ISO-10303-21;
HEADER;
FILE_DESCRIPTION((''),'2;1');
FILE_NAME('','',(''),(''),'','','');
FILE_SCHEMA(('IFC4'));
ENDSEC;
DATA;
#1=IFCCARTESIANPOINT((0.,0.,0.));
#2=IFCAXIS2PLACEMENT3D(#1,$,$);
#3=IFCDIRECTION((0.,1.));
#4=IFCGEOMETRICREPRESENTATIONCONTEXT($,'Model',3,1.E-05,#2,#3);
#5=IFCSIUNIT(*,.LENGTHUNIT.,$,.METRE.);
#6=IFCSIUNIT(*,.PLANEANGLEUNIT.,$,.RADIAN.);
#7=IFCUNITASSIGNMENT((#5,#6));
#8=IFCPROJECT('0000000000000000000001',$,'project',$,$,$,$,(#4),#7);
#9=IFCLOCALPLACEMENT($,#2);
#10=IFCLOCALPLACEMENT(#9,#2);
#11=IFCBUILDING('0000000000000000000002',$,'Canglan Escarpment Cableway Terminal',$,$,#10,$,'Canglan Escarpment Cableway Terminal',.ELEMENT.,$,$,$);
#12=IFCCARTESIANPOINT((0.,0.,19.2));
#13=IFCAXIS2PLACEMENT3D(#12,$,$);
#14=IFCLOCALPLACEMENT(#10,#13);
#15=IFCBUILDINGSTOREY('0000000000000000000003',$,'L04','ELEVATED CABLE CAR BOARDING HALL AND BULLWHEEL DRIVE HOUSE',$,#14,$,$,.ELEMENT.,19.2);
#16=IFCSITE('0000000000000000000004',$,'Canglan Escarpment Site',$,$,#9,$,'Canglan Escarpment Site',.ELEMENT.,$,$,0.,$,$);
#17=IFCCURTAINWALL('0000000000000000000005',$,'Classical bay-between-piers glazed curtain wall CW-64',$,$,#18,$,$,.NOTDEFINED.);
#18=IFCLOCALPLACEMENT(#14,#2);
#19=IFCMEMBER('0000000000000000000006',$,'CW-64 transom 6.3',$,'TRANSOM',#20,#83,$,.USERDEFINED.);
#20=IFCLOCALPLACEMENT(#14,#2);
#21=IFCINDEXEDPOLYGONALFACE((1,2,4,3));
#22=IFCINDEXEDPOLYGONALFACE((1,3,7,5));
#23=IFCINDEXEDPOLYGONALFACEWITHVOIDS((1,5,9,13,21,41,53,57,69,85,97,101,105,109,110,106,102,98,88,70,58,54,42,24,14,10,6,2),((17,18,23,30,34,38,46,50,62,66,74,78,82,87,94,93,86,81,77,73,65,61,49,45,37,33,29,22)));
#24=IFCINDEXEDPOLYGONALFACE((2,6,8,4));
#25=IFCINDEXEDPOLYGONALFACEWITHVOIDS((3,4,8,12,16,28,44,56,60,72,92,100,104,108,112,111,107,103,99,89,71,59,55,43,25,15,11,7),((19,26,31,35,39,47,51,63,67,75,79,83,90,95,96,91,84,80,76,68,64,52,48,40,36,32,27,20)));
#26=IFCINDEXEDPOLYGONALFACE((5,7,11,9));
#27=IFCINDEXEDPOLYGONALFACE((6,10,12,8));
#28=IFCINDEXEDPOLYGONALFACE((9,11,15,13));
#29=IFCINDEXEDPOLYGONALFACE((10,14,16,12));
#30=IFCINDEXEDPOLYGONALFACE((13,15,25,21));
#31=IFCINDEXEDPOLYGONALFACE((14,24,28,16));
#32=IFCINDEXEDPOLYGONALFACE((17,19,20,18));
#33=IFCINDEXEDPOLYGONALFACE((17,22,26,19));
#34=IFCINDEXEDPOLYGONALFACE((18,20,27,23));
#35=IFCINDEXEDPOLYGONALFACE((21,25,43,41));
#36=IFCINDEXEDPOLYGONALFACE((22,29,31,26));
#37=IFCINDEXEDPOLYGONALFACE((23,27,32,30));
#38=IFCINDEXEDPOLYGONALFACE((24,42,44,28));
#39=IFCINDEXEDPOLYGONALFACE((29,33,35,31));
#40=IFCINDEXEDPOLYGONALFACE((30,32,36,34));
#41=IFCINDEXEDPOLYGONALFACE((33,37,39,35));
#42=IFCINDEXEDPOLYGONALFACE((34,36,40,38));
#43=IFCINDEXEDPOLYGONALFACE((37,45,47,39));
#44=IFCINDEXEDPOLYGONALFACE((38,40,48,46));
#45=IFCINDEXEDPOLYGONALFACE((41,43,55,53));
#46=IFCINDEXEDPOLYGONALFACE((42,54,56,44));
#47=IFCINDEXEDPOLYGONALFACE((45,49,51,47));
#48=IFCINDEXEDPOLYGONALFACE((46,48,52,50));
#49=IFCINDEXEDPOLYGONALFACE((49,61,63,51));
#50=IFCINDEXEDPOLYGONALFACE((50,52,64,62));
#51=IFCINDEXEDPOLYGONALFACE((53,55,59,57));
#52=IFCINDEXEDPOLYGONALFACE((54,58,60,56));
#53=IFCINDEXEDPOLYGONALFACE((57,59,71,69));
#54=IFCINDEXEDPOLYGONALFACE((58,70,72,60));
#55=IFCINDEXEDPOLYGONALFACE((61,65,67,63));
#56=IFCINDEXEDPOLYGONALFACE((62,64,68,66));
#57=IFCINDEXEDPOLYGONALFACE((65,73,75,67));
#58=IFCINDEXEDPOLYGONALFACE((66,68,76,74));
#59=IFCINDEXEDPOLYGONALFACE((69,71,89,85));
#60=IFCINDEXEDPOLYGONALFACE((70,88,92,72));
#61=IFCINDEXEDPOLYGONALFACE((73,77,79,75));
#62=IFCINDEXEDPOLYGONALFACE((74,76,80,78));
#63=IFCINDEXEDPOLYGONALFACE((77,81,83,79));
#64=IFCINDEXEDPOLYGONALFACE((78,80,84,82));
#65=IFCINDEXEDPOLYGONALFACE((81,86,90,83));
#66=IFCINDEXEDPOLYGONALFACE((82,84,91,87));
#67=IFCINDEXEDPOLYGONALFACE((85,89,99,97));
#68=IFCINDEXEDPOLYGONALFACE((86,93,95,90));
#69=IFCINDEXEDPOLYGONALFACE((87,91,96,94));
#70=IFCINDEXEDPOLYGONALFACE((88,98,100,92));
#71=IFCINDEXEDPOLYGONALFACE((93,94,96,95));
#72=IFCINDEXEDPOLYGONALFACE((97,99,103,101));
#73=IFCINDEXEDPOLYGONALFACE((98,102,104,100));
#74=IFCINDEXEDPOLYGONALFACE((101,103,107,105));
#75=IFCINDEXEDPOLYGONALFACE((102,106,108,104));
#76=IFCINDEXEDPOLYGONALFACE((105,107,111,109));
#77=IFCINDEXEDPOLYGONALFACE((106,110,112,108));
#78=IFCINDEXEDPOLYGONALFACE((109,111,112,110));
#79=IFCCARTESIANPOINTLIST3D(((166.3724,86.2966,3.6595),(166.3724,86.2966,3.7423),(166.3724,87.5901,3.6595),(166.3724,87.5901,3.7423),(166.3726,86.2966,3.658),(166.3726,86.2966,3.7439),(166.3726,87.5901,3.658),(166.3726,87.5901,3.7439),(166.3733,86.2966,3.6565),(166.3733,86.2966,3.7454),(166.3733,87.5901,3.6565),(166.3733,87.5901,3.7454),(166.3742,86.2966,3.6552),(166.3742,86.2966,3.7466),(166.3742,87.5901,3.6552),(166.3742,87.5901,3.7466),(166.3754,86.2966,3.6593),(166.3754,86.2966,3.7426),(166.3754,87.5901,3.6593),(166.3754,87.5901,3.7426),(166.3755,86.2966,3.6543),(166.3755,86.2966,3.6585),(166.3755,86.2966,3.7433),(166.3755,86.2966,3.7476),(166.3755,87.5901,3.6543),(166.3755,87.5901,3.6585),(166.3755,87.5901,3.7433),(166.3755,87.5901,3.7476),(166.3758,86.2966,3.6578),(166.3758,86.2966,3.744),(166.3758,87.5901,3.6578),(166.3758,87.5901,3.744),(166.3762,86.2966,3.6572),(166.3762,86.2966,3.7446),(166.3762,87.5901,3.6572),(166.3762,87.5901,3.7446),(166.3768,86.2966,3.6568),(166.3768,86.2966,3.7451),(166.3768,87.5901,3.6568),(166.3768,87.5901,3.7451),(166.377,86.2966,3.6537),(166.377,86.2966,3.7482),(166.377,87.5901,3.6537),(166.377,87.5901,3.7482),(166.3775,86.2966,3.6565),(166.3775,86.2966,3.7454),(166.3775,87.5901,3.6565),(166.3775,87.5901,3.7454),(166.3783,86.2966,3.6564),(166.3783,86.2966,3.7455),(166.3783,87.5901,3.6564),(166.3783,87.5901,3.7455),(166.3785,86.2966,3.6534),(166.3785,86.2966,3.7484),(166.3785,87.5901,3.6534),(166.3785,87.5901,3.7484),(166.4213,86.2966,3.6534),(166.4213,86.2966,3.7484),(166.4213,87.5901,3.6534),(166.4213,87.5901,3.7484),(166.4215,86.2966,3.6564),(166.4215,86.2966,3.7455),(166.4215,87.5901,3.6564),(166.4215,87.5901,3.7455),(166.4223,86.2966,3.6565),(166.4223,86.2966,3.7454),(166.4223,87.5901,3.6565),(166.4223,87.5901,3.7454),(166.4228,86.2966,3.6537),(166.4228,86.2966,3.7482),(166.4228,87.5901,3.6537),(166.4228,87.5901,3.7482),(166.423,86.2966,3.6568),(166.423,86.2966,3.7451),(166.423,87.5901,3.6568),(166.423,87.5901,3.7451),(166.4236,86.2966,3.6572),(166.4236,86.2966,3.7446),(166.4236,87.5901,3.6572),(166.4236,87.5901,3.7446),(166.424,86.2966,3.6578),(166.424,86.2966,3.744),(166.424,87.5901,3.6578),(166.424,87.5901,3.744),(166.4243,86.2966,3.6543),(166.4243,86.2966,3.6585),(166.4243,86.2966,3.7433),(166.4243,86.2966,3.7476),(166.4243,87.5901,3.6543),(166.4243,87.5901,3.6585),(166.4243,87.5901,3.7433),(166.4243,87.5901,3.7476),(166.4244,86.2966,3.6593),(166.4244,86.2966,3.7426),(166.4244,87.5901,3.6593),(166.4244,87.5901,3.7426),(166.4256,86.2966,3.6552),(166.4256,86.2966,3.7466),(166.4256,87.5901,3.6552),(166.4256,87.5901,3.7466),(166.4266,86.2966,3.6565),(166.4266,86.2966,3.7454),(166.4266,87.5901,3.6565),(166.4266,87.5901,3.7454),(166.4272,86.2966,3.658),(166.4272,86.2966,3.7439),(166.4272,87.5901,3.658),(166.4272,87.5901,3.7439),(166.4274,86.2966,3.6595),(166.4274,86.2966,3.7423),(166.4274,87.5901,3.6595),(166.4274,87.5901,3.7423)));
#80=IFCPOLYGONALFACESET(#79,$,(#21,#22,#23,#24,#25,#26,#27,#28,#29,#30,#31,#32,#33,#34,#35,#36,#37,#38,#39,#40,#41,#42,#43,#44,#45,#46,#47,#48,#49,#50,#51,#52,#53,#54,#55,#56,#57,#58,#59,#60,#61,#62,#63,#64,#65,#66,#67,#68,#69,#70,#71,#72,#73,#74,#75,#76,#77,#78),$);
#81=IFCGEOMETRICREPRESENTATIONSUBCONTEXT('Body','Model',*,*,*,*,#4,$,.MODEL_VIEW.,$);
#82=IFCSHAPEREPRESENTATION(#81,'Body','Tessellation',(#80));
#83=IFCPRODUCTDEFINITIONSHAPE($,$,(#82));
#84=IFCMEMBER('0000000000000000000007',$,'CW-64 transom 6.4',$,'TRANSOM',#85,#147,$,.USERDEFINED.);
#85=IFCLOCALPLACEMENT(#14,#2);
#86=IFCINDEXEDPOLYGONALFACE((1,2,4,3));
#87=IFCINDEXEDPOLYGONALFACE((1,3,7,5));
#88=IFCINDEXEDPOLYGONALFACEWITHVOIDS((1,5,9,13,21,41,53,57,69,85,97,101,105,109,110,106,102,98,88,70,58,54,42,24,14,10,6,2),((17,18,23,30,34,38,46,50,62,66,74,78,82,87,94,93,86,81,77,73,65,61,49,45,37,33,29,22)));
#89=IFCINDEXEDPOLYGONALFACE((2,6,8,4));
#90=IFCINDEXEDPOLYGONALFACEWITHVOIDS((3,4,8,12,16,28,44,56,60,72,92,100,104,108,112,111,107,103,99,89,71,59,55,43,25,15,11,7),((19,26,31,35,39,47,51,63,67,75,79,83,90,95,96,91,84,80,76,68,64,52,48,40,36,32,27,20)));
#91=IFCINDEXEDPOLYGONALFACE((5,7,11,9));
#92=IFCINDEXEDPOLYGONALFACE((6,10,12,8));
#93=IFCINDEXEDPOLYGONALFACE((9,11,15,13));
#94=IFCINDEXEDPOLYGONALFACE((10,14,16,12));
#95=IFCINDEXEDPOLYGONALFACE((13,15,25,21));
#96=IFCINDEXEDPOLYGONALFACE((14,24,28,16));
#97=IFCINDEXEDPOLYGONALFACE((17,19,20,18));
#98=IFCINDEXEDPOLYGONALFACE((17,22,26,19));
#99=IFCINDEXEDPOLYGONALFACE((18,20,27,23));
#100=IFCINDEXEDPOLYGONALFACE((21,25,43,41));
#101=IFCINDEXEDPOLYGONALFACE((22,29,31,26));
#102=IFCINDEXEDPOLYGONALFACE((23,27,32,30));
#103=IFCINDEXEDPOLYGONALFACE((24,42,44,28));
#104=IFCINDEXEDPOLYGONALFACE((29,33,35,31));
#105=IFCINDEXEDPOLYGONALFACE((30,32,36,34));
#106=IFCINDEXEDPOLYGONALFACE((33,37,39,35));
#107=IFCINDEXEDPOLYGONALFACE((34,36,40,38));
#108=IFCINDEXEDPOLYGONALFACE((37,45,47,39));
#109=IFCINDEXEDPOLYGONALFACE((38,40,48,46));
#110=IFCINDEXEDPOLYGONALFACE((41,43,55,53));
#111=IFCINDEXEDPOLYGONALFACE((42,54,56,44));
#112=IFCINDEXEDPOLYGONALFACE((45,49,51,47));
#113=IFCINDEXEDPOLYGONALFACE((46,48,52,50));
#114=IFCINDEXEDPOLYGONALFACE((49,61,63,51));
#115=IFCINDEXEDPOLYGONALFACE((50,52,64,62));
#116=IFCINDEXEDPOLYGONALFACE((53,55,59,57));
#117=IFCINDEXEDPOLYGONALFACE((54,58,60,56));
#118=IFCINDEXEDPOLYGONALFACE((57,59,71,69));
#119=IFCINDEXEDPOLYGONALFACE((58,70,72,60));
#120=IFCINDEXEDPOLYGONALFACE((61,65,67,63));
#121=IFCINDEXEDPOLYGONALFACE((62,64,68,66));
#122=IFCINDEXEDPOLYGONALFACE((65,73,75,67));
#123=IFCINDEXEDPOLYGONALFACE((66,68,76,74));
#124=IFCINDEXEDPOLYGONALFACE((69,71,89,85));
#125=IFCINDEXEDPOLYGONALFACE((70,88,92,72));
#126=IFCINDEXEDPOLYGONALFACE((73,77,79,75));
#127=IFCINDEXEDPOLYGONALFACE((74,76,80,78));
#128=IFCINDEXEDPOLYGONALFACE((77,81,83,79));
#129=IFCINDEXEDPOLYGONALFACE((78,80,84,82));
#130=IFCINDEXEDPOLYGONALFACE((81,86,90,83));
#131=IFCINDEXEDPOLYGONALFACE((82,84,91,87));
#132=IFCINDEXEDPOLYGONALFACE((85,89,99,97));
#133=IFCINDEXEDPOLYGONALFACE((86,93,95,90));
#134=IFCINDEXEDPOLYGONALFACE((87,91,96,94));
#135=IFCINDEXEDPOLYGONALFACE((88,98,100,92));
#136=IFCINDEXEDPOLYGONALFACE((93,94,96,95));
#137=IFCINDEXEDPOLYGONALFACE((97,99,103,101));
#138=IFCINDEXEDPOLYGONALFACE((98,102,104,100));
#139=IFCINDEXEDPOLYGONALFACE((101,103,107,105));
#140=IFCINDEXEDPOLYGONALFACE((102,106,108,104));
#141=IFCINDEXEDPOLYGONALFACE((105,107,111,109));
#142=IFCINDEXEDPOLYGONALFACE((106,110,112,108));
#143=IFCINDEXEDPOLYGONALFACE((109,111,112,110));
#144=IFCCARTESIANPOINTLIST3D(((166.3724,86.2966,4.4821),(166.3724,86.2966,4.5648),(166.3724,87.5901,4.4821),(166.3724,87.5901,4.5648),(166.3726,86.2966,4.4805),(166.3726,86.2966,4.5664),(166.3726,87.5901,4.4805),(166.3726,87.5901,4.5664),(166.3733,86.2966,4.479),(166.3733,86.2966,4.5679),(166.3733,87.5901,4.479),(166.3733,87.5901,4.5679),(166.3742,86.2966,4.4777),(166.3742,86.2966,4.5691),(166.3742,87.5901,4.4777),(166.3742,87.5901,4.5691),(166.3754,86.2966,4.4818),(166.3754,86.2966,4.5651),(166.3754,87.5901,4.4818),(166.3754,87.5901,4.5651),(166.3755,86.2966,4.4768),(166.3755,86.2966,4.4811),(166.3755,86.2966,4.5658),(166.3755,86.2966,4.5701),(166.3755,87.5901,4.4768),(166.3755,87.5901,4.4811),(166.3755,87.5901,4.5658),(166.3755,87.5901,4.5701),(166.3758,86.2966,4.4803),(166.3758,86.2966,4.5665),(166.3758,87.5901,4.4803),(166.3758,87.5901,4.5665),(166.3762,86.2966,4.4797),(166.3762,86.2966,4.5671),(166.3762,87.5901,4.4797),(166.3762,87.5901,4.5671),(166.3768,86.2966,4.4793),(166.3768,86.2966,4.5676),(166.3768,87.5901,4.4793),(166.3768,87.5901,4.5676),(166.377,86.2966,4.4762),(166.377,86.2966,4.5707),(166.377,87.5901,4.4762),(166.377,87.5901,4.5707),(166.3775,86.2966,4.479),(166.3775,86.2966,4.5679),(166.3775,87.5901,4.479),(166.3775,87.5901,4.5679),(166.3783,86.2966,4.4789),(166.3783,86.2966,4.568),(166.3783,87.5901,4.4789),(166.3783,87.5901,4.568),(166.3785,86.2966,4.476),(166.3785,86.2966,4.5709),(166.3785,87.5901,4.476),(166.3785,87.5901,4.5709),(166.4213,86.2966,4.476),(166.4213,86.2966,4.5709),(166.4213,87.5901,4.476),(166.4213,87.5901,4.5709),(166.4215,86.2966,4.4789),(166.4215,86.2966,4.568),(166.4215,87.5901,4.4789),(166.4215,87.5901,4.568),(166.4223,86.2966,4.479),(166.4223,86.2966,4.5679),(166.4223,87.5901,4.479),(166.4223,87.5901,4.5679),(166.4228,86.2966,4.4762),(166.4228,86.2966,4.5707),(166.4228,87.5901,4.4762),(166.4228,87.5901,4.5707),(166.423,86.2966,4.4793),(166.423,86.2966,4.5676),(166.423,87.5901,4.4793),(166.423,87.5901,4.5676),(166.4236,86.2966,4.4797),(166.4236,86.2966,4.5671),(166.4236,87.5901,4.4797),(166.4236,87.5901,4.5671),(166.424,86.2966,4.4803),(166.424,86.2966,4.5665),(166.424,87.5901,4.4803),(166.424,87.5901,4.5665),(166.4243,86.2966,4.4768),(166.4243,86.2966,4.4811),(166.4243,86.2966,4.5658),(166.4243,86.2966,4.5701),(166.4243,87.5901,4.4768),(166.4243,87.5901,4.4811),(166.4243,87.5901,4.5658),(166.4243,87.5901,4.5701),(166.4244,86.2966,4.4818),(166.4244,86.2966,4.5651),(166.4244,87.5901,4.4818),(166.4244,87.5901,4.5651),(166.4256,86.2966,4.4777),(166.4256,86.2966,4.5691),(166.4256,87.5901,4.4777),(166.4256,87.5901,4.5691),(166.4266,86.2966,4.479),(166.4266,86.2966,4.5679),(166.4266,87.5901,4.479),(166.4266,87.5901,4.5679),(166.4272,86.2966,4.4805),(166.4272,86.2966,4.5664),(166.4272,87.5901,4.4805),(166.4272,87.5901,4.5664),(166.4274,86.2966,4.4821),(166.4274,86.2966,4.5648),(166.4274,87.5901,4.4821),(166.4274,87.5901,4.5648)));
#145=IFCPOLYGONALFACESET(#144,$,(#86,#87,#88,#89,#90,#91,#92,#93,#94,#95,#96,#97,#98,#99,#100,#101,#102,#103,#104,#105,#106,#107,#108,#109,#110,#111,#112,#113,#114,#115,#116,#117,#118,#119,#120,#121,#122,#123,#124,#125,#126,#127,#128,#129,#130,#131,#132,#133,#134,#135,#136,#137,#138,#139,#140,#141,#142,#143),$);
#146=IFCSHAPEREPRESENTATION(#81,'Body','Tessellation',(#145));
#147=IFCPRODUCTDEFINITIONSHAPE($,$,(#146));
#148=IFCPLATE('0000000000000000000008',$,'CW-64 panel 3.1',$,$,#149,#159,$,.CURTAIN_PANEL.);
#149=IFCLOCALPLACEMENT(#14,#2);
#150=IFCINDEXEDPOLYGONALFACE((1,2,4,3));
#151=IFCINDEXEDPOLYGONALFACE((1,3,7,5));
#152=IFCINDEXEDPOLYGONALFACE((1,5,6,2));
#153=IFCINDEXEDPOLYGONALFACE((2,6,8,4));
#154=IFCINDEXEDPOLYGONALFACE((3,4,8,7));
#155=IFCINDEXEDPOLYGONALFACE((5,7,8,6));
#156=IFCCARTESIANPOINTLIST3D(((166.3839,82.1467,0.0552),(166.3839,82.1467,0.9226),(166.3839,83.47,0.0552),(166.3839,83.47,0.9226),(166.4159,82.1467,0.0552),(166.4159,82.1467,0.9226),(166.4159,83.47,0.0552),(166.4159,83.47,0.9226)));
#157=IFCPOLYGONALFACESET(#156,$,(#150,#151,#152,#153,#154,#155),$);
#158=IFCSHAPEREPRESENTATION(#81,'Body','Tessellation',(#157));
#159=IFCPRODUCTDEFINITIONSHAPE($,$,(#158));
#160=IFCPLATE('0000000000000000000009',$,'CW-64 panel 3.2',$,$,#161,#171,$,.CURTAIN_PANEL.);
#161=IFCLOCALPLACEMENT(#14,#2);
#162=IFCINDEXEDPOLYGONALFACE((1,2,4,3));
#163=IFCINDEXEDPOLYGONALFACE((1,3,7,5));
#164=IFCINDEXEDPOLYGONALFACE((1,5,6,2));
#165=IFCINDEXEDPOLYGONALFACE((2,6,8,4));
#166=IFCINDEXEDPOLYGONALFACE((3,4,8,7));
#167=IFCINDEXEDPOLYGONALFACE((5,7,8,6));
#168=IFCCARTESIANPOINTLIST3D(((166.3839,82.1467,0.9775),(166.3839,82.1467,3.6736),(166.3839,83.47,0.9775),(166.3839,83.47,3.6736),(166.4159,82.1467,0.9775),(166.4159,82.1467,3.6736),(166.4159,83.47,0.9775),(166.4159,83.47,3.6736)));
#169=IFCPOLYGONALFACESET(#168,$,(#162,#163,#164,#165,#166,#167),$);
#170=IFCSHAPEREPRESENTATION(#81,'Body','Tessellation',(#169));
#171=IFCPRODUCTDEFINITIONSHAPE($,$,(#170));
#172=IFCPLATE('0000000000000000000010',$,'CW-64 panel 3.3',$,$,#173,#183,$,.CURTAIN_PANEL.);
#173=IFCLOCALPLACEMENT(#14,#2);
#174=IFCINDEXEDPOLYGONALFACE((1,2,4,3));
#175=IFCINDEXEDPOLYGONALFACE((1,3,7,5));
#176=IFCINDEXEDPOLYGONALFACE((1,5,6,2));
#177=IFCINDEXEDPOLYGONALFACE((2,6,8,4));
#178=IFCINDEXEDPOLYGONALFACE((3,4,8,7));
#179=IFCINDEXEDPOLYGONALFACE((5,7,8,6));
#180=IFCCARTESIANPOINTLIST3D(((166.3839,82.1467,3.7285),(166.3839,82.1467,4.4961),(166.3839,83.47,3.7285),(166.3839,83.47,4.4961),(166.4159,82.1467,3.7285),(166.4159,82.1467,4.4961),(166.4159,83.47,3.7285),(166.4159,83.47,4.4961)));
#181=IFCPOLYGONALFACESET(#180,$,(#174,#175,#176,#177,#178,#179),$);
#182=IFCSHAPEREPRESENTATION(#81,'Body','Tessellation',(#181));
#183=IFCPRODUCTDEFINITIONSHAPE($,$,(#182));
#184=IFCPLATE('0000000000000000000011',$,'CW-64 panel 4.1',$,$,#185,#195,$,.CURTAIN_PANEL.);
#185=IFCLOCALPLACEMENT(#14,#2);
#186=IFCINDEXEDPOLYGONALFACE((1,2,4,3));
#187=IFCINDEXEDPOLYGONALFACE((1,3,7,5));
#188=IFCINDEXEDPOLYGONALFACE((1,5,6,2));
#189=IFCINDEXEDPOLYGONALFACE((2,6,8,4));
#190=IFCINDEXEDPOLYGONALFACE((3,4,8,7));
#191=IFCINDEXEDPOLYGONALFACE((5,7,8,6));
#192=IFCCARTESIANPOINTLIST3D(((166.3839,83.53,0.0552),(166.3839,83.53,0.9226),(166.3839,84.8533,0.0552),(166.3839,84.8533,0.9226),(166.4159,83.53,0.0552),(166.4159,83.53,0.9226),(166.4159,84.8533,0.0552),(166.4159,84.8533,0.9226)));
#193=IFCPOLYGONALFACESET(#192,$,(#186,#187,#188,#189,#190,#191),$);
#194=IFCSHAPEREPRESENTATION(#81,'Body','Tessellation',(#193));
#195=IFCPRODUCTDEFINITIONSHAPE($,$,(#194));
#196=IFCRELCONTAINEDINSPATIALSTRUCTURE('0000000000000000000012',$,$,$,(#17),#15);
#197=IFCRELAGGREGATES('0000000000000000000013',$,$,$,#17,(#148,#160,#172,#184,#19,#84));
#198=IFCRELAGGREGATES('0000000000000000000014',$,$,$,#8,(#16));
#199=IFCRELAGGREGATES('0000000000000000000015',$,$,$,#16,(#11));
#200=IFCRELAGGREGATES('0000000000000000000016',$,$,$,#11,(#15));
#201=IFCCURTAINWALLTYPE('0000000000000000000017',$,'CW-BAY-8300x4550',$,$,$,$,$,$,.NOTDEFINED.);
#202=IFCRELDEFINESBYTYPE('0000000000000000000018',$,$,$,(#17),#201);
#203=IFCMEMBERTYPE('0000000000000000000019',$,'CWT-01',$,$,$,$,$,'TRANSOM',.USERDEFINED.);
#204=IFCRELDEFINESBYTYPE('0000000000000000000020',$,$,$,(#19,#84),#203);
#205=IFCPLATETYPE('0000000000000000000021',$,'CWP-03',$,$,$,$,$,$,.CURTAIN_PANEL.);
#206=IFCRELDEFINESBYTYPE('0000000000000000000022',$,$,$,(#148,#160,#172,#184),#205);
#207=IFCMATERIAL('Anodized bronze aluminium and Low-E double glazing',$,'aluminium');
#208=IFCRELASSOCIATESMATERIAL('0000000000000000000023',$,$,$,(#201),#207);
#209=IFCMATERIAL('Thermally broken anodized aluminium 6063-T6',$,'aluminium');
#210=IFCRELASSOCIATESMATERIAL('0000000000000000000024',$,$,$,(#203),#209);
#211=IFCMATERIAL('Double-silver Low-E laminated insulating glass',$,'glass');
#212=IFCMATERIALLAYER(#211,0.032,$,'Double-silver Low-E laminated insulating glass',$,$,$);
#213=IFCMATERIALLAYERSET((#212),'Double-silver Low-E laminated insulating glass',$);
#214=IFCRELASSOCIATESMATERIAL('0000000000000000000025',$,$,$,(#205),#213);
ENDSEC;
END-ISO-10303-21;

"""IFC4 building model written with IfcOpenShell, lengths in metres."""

from ifc_helpers import new_model, si_unit, direction, frame, origin, origin_2d, place, context, subcontext, project, spatial, rectangle, hollow_rectangle, extrude, material, layer, layer_set, material_profile, profile_set, type_object, element, aggregate, save


model = new_model("IFC4")

# Units and contexts
model_context = context("Model", 3, precision=1e-05, world=origin(), true_north=direction((0.0, 1.0)))
body_context = subcontext(model_context, "Body", "Model", "MODEL_VIEW")
ifc_project = project(units=[si_unit("LENGTHUNIT", "METRE"), si_unit("PLANEANGLEUNIT", "RADIAN")], contexts=[model_context])

# Site, building, storey
site_placement = place(None, origin())
site = spatial("IfcSite", under=ifc_project, at=site_placement, Name="Canglan Escarpment Site", LongName="Canglan Escarpment Site", CompositionType="ELEMENT", RefElevation=0.0)
building_placement = place(site_placement, origin())
building = spatial("IfcBuilding", under=site, at=building_placement, Name="Canglan Escarpment Cableway Terminal", LongName="Canglan Escarpment Cableway Terminal", CompositionType="ELEMENT")
storey_placement = place(building_placement, frame((0.0, 0.0, 19.2)))
storey = spatial("IfcBuildingStorey", under=building, at=storey_placement, Name="L04", Description="ELEVATED CABLE CAR BOARDING HALL AND BULLWHEEL DRIVE HOUSE", CompositionType="ELEMENT", Elevation=19.2)

# Curtain wall, members, plates
ifc_material_1 = material(Name="Anodized bronze aluminium and Low-E double glazing", Category="aluminium")
curtain_wall_type = type_object("IfcCurtainWallType", Name="CW-BAY-8300x4550", PredefinedType="NOTDEFINED", material=ifc_material_1)
curtain_wall_placement = place(storey_placement, origin())
curtain_wall = element("IfcCurtainWall", 1, at=curtain_wall_placement, inside=storey, type_object=curtain_wall_type, Name="Classical bay-between-piers glazed curtain wall CW-64", PredefinedType="NOTDEFINED")
ifc_material_2 = material(Name="Thermally broken anodized aluminium 6063-T6", Category="aluminium")
ifc_material_profile_1 = material_profile(ifc_material_2, hollow_rectangle(XDim=0.0549, YDim=0.095, WallThickness=0.0029, InnerFilletRadius=0.0029, OuterFilletRadius=0.0061, at=origin_2d()), Name="ALU-TRAN 55x95x3")
ifc_profile_set_1 = profile_set([ifc_material_profile_1], Name="Thermally broken anodized aluminium 6063-T6")
member_type_1 = type_object("IfcMemberType", Name="CWT-01", ElementType="TRANSOM", PredefinedType="USERDEFINED", material=ifc_profile_set_1)
member_1_placement = place(storey_placement, frame((166.3999, 86.2966, 3.7009), z_axis=(0.0, 1.0, 0.0), x_axis=(-1.0, 0.0, 0.0)))
member_1 = element("IfcMember", 2, at=member_1_placement, type_object=member_type_1, Name="CW-64 transom 6.3", ObjectType="TRANSOM", PredefinedType="USERDEFINED", context=body_context, shape_type="SweptSolid", body=[
    extrude(hollow_rectangle(XDim=0.0549, YDim=0.095, WallThickness=0.0029, InnerFilletRadius=0.0029, OuterFilletRadius=0.0061, at=origin_2d()), origin(), (0.0, 0.0, 1.0), 1.2935),
])
member_2_placement = place(storey_placement, frame((166.3999, 86.2966, 4.5234), z_axis=(0.0, 1.0, 0.0), x_axis=(-1.0, 0.0, 0.0)))
member_2 = element("IfcMember", 3, at=member_2_placement, type_object=member_type_1, Name="CW-64 transom 6.4", ObjectType="TRANSOM", PredefinedType="USERDEFINED", context=body_context, shape_type="SweptSolid", body=[
    extrude(hollow_rectangle(XDim=0.0549, YDim=0.095, WallThickness=0.0029, InnerFilletRadius=0.0029, OuterFilletRadius=0.0061, at=origin_2d()), origin(), (0.0, 0.0, 1.0), 1.2935),
])
ifc_material_3 = material(Name="Double-silver Low-E laminated insulating glass", Category="glass")
ifc_layer_1 = layer(ifc_material_3, 0.032, Name="Double-silver Low-E laminated insulating glass")
ifc_layer_set_1 = layer_set([ifc_layer_1], Name="Double-silver Low-E laminated insulating glass")
plate_type = type_object("IfcPlateType", Name="CWP-03", PredefinedType="CURTAIN_PANEL", material=ifc_layer_set_1)
plate_1_placement = place(storey_placement, frame((166.3999, 82.8083, 0.0552), z_axis=(0.0, 0.0, 1.0), x_axis=(0.0, 1.0, 0.0)))
plate_1 = element("IfcPlate", 4, at=plate_1_placement, type_object=plate_type, Name="CW-64 panel 3.1", PredefinedType="CURTAIN_PANEL", context=body_context, shape_type="SweptSolid", body=[
    extrude(rectangle(XDim=1.3232, YDim=0.032, at=origin_2d()), origin(), (0.0, 0.0, 1.0), 0.8674),
])
plate_2_placement = place(storey_placement, frame((166.3999, 82.8083, 0.9775), z_axis=(0.0, 0.0, 1.0), x_axis=(0.0, 1.0, 0.0)))
plate_2 = element("IfcPlate", 5, at=plate_2_placement, type_object=plate_type, Name="CW-64 panel 3.2", PredefinedType="CURTAIN_PANEL", context=body_context, shape_type="SweptSolid", body=[
    extrude(rectangle(XDim=1.3232, YDim=0.032, at=origin_2d()), origin(), (0.0, 0.0, 1.0), 2.696),
])
plate_3_placement = place(storey_placement, frame((166.3999, 82.8083, 3.7285), z_axis=(0.0, 0.0, 1.0), x_axis=(0.0, 1.0, 0.0)))
plate_3 = element("IfcPlate", 6, at=plate_3_placement, type_object=plate_type, Name="CW-64 panel 3.3", PredefinedType="CURTAIN_PANEL", context=body_context, shape_type="SweptSolid", body=[
    extrude(rectangle(XDim=1.3232, YDim=0.032, at=origin_2d()), origin(), (0.0, 0.0, 1.0), 0.7676),
])
plate_4_placement = place(storey_placement, frame((166.3999, 84.1917, 0.0552), z_axis=(0.0, 0.0, 1.0), x_axis=(0.0, 1.0, 0.0)))
plate_4 = element("IfcPlate", 7, at=plate_4_placement, type_object=plate_type, Name="CW-64 panel 4.1", PredefinedType="CURTAIN_PANEL", context=body_context, shape_type="SweptSolid", body=[
    extrude(rectangle(XDim=1.3232, YDim=0.032, at=origin_2d()), origin(), (0.0, 0.0, 1.0), 0.8674),
])
aggregate(curtain_wall, [plate_1, plate_2, plate_3, plate_4, member_1, member_2])

save(model, "model.ifc")
